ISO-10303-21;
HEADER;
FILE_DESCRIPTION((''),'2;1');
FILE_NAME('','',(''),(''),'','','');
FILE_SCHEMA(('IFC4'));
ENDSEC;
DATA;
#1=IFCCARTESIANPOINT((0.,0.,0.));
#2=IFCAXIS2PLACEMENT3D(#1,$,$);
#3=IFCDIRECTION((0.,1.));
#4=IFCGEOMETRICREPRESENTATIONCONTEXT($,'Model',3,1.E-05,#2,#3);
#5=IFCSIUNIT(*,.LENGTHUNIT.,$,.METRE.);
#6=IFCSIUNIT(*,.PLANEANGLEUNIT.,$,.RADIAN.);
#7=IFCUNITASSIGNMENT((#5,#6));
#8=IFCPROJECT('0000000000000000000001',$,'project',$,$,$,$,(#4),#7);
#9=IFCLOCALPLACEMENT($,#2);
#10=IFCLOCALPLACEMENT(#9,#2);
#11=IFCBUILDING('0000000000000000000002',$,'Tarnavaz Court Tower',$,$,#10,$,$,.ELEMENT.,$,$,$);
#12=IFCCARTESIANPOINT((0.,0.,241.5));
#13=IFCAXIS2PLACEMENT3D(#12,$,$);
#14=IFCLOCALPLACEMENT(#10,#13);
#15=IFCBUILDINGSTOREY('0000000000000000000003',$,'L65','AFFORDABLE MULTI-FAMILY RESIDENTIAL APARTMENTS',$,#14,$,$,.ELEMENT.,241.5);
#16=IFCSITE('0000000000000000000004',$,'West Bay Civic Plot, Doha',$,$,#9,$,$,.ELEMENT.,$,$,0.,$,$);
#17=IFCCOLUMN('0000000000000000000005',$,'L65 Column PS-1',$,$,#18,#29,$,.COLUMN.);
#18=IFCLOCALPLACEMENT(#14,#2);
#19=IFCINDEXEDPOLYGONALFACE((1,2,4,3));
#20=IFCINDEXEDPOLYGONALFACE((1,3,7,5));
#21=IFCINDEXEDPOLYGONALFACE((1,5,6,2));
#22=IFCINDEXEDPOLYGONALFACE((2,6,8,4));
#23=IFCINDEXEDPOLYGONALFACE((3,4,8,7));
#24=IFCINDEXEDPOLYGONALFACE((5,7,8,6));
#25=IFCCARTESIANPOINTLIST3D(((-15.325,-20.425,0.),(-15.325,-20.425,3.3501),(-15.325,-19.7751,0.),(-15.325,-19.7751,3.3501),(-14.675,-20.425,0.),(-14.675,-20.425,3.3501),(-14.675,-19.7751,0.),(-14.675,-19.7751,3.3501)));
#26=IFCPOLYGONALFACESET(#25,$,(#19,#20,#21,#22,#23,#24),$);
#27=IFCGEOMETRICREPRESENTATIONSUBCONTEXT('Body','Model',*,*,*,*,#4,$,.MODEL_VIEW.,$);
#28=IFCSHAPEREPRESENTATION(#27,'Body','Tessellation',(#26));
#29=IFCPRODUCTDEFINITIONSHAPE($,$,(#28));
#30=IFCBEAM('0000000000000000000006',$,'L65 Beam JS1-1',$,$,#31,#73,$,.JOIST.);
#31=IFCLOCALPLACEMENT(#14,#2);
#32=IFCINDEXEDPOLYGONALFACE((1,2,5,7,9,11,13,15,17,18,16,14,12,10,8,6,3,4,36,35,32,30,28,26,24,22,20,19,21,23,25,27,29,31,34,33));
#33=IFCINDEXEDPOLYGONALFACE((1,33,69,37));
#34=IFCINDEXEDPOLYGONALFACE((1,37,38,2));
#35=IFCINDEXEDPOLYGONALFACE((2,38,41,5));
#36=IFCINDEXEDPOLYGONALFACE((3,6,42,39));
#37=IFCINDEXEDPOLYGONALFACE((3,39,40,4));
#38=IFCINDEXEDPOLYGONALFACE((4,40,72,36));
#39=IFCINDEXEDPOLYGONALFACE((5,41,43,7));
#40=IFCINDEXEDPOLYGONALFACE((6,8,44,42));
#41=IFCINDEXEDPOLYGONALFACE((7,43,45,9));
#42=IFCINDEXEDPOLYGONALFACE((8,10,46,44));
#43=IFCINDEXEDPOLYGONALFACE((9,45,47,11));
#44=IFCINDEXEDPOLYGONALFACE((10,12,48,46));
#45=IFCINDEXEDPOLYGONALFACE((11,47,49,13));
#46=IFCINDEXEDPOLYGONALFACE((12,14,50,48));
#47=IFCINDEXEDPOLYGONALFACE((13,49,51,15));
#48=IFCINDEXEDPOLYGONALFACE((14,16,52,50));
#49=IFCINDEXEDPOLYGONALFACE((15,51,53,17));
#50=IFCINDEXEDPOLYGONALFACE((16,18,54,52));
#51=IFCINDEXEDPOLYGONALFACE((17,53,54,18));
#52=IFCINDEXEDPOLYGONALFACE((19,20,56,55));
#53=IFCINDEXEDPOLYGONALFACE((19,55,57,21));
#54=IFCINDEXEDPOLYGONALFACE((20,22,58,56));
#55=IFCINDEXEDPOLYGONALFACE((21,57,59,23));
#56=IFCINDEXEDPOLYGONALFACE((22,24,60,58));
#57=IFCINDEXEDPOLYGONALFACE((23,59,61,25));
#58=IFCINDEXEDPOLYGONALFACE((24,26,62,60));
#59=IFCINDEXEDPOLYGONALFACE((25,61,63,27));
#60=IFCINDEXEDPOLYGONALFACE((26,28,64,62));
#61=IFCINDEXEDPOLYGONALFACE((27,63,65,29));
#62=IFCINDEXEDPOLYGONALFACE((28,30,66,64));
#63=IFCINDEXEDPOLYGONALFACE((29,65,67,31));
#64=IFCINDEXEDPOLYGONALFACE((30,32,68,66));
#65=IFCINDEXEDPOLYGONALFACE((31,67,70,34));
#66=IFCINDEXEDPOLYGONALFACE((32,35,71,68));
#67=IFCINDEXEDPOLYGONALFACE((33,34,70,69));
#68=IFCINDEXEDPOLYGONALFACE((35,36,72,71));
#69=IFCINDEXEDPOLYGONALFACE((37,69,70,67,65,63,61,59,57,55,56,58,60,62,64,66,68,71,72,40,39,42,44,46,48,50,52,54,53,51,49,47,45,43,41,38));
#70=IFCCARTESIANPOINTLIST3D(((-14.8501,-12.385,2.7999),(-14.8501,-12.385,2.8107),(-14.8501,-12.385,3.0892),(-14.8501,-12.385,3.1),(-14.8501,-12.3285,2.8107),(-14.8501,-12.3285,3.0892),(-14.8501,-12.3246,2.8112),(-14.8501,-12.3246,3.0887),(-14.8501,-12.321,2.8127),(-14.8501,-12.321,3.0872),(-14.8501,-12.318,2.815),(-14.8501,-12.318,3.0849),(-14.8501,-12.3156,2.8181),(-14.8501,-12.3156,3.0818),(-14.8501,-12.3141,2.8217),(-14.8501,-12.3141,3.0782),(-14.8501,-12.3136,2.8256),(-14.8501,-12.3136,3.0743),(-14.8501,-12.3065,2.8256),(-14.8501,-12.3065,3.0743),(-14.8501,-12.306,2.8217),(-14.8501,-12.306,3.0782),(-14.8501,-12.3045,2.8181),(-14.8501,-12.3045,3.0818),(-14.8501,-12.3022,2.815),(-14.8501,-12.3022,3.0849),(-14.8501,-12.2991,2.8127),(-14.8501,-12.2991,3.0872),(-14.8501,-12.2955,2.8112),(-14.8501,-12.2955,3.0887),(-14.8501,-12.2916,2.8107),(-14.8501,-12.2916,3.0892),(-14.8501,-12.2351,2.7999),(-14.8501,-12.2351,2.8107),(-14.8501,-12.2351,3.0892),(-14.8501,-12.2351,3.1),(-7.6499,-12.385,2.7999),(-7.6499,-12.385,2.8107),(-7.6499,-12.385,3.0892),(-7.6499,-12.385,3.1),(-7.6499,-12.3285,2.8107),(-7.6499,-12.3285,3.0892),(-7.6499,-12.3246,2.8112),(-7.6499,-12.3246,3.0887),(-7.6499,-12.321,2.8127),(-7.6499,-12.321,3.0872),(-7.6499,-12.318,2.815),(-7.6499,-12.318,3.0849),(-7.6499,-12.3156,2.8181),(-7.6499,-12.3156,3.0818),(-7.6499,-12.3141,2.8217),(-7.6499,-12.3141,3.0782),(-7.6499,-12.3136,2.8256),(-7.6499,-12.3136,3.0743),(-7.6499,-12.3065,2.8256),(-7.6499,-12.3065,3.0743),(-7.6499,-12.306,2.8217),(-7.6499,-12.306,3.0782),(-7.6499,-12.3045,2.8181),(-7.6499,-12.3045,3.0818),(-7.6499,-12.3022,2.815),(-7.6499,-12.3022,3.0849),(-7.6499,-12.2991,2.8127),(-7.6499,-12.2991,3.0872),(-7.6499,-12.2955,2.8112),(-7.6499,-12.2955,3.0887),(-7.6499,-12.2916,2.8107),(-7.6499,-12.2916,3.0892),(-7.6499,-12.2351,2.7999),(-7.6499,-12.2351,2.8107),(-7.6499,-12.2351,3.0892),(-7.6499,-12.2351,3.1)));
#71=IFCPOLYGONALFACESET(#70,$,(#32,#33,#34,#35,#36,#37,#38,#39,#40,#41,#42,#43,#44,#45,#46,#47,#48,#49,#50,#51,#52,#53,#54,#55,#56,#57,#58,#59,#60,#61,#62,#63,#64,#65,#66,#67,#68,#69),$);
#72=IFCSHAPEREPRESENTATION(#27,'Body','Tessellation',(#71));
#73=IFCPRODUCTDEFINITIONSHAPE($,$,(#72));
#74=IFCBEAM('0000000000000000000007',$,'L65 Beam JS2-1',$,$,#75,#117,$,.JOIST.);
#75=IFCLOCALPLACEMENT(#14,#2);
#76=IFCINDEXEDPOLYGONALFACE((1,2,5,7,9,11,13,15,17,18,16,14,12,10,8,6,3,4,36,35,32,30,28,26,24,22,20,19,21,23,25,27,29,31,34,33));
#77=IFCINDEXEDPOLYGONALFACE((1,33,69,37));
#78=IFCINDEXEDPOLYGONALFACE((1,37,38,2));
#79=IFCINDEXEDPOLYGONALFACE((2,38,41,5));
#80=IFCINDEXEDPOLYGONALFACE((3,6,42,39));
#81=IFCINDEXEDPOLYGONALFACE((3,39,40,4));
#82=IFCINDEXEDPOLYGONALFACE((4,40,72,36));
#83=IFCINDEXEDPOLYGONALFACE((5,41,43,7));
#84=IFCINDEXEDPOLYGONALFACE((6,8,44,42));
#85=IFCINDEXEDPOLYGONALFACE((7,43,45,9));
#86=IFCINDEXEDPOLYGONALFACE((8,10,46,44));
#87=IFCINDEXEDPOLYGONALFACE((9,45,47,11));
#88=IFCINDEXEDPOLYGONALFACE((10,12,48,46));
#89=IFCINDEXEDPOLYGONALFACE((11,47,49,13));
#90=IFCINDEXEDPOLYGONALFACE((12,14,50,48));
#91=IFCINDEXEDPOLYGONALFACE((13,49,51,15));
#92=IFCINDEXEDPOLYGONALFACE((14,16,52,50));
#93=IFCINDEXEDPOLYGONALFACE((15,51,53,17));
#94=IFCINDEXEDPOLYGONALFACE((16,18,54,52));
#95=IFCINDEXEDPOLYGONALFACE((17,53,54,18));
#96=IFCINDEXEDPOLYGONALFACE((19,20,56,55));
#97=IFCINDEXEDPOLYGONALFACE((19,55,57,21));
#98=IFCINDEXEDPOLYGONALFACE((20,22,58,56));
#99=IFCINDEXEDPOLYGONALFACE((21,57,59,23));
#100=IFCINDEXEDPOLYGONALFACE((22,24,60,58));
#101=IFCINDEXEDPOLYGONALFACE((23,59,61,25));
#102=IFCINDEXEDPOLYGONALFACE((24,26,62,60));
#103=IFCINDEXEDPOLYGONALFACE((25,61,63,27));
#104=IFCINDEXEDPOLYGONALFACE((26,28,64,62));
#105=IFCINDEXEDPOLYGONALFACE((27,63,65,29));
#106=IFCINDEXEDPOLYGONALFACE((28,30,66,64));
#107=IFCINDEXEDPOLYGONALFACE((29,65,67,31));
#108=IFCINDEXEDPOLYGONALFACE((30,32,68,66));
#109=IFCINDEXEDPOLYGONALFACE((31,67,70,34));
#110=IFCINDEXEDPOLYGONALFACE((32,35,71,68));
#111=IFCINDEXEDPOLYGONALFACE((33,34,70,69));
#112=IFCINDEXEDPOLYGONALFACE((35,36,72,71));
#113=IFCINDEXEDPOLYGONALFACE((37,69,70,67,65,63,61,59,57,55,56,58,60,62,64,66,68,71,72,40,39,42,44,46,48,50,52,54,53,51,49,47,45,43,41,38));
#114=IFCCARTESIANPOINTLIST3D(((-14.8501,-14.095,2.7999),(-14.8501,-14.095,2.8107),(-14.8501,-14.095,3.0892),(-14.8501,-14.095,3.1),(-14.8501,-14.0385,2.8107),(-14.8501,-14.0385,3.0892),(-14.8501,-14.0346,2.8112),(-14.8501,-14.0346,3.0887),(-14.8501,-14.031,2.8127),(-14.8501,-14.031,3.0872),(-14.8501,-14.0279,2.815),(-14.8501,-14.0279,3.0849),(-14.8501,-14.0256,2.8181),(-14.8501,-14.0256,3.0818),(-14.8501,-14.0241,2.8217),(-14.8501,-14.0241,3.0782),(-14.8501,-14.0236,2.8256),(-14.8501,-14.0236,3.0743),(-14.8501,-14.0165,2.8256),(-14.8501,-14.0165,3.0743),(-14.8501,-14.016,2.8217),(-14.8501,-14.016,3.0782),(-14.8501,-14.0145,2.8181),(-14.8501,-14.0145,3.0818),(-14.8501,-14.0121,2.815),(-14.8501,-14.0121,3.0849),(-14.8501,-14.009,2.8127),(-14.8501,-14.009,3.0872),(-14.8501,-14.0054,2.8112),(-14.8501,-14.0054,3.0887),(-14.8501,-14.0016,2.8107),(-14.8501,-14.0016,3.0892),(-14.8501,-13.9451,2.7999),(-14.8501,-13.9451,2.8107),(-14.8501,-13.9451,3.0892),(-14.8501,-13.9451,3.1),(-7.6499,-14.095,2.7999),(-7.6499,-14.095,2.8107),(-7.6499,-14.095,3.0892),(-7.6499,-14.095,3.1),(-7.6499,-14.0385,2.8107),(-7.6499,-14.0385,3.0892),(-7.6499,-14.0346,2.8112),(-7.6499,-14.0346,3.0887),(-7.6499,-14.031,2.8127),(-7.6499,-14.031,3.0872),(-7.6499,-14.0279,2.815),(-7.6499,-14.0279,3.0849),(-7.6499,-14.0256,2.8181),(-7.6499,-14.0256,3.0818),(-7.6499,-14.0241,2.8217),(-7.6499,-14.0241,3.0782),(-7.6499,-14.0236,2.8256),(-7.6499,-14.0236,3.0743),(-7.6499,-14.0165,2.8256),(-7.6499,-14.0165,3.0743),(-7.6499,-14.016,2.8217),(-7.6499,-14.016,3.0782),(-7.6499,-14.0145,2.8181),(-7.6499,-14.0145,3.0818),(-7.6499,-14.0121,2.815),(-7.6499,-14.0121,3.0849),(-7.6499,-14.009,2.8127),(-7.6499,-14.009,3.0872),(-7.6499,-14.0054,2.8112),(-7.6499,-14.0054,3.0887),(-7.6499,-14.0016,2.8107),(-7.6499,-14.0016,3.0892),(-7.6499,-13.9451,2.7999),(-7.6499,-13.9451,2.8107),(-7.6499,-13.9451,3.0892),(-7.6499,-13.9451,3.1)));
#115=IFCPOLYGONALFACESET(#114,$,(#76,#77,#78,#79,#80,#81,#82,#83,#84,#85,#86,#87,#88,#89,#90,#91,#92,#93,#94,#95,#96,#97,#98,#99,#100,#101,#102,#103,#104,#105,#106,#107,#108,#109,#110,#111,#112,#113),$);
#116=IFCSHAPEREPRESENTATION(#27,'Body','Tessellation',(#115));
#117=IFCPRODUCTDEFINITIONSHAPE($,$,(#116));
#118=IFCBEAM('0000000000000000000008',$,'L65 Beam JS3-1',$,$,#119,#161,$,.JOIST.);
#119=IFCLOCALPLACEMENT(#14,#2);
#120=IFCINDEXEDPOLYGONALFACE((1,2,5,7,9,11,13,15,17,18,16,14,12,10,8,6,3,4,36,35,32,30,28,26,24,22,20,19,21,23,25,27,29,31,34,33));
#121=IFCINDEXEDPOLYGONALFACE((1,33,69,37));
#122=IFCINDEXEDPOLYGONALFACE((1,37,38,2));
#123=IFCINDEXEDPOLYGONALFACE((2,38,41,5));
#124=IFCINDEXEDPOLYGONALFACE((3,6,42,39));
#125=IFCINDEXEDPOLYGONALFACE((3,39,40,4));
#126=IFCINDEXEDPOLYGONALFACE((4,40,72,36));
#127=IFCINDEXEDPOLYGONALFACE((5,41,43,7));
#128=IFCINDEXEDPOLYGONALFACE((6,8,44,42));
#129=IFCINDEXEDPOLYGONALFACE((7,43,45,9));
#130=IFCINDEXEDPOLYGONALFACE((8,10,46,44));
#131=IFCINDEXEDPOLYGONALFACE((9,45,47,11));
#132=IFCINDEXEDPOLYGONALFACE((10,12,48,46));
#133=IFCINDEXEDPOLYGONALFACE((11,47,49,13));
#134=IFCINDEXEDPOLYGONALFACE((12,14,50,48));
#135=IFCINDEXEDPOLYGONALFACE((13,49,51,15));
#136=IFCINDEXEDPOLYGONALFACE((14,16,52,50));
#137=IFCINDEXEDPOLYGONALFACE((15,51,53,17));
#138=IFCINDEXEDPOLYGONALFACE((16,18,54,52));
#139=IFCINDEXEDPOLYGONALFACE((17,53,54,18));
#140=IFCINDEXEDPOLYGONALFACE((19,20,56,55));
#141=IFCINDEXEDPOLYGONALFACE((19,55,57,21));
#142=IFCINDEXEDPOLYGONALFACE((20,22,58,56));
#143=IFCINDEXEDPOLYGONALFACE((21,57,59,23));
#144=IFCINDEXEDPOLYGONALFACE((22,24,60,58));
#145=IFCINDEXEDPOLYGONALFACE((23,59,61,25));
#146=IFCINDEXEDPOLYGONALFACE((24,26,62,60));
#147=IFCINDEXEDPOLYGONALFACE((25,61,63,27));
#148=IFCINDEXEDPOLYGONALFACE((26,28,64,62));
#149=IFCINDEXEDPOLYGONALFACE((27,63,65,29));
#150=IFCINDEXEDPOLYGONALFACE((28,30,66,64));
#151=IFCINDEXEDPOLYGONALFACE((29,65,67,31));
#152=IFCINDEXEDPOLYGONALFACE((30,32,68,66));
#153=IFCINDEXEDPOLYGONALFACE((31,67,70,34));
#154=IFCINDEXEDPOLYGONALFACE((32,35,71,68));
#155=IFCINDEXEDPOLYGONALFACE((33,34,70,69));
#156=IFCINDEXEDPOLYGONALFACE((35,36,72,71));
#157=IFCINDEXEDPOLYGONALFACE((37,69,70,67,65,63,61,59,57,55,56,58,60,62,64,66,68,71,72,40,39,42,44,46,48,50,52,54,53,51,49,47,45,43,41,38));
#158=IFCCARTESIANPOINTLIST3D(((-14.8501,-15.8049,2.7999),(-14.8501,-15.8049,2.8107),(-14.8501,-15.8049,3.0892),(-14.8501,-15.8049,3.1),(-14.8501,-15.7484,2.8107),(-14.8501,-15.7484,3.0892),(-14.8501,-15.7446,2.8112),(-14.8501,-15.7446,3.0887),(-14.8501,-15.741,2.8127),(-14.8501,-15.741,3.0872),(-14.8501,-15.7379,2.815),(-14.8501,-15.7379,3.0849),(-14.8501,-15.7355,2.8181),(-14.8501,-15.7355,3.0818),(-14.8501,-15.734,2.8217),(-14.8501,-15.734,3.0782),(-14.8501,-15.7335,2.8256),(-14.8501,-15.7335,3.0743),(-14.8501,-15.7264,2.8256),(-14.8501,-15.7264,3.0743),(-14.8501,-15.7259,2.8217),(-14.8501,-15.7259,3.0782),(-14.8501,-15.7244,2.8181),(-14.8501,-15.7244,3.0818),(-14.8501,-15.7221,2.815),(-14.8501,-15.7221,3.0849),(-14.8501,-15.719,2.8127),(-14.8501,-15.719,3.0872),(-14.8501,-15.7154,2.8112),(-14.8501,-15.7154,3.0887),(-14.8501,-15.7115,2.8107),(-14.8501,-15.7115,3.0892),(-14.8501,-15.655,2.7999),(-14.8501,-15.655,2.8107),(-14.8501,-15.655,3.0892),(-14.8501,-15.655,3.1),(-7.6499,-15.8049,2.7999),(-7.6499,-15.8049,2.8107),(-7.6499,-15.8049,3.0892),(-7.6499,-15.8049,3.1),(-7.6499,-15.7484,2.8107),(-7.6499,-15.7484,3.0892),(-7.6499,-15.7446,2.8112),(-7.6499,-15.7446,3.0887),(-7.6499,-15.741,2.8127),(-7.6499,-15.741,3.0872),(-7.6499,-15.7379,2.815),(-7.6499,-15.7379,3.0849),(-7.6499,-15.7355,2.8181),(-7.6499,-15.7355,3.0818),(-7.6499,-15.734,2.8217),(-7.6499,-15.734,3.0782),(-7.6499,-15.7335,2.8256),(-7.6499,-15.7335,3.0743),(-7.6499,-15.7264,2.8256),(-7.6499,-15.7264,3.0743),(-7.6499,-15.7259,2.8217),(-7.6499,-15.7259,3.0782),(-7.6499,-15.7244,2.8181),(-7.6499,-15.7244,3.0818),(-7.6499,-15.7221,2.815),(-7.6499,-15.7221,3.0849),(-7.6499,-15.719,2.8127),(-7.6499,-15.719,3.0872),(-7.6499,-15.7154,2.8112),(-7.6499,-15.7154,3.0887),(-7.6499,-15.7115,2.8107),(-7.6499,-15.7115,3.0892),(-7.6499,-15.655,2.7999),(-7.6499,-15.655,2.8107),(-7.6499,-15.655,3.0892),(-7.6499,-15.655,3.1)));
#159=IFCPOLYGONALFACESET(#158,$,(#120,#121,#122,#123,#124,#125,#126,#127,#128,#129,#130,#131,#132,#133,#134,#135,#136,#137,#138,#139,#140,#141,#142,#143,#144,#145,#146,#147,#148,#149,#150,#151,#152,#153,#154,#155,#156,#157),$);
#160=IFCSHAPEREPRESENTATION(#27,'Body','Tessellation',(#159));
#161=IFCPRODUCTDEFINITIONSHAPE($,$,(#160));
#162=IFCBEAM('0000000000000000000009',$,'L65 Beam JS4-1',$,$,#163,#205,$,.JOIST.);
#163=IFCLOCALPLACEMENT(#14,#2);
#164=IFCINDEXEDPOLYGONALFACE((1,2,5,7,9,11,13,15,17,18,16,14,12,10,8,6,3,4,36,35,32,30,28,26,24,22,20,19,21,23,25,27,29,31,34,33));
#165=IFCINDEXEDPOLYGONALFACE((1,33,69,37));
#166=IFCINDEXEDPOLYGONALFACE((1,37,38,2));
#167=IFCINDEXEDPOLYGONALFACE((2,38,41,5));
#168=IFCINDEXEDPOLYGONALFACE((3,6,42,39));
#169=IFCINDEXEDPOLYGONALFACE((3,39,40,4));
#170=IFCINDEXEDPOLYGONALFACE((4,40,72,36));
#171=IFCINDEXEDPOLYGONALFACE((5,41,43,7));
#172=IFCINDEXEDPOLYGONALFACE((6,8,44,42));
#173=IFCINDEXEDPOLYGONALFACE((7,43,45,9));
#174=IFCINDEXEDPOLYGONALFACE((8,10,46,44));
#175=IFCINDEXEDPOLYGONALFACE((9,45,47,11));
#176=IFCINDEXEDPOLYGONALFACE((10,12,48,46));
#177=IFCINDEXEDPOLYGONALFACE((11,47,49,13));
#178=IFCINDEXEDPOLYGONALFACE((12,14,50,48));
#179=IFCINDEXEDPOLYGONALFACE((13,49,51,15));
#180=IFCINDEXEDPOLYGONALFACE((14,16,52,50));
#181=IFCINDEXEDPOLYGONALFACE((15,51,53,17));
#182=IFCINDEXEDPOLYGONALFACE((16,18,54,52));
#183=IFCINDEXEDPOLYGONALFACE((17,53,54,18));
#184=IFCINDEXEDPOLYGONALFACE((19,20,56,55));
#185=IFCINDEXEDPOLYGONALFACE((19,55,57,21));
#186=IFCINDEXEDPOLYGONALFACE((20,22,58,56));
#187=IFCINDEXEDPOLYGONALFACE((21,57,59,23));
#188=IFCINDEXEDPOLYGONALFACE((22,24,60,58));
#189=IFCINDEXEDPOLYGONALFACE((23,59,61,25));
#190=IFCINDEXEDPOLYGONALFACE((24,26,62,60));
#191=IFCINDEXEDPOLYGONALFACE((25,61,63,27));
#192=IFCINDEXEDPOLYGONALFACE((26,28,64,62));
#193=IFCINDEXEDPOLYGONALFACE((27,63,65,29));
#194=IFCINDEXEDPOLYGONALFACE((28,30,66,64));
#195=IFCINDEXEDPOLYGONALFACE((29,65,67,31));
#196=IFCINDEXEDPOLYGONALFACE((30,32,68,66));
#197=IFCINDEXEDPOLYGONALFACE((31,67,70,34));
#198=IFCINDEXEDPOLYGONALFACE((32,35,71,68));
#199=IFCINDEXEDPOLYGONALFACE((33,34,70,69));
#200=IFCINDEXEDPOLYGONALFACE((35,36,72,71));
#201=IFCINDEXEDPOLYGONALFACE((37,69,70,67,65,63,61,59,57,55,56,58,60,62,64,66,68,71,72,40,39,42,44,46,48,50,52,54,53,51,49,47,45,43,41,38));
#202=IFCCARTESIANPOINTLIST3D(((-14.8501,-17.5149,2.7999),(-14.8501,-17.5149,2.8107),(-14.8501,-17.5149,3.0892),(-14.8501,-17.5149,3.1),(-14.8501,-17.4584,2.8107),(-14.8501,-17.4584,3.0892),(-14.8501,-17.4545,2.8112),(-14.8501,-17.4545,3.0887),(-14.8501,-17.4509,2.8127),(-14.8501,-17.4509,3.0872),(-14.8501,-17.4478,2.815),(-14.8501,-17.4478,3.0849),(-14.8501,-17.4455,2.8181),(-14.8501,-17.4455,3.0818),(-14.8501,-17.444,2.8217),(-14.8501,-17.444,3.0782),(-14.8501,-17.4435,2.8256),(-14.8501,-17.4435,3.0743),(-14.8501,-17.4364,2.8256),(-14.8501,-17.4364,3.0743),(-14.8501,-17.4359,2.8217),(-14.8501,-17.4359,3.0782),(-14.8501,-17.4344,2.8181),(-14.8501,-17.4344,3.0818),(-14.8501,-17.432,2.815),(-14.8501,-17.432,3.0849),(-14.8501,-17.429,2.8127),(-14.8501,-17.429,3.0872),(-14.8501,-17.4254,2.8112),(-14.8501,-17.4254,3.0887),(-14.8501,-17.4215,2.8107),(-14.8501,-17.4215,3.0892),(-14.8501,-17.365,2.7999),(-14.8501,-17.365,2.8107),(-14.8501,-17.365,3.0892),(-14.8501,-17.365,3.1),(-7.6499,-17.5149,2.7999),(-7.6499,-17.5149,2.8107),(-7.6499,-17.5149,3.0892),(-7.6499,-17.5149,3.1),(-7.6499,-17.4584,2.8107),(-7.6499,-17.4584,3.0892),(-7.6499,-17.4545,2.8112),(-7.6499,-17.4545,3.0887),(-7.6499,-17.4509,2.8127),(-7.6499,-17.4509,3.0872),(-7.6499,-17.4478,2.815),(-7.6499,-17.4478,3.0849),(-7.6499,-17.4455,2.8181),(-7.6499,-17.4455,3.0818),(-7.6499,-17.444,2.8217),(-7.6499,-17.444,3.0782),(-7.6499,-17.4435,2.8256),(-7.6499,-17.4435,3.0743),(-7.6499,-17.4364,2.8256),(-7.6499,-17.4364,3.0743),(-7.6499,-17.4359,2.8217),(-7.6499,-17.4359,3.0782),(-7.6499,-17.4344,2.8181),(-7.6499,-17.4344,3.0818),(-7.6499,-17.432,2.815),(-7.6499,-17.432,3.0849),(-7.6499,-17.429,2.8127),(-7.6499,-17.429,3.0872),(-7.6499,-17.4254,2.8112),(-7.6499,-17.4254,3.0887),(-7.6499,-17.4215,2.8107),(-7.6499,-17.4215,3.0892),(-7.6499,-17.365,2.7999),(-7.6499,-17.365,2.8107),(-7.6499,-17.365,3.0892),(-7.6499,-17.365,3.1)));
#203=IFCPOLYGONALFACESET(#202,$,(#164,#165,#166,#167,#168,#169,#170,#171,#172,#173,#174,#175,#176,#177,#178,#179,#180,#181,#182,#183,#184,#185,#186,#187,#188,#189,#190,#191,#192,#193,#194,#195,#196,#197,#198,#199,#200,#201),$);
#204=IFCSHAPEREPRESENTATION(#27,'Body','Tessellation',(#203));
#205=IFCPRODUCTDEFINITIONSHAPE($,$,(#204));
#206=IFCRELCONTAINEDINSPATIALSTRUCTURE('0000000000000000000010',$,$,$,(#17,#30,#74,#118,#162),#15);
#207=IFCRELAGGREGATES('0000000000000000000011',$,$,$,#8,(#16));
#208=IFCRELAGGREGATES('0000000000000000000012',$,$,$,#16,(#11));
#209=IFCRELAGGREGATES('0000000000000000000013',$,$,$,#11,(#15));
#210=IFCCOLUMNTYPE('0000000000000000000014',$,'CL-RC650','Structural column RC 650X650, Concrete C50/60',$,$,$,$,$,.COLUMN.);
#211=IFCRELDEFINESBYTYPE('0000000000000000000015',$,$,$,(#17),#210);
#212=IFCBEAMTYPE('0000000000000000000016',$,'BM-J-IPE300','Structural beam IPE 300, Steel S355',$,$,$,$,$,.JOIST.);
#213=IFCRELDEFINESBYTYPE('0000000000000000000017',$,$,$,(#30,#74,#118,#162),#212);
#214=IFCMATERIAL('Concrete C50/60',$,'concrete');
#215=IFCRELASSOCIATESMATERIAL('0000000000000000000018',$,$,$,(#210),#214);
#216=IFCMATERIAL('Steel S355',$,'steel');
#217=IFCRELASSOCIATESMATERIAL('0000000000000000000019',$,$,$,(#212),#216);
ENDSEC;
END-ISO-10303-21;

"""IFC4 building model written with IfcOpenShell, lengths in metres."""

from ifc_helpers import new_model, si_unit, direction, frame, origin, origin_2d, place, context, subcontext, project, spatial, rectangle, i_section, extrude, material, material_profile, profile_set, type_object, element, save


model = new_model("IFC4")

# Units and contexts
model_context = context("Model", 3, precision=1e-05, world=origin(), true_north=direction((0.0, 1.0)))
body_context = subcontext(model_context, "Body", "Model", "MODEL_VIEW")
ifc_project = project(units=[si_unit("LENGTHUNIT", "METRE"), si_unit("PLANEANGLEUNIT", "RADIAN")], contexts=[model_context])

# Site, building, storey
site_placement = place(None, origin())
site = spatial("IfcSite", under=ifc_project, at=site_placement, Name="West Bay Civic Plot, Doha", CompositionType="ELEMENT", RefElevation=0.0)
building_placement = place(site_placement, origin())
building = spatial("IfcBuilding", under=site, at=building_placement, Name="Tarnavaz Court Tower", CompositionType="ELEMENT")
storey_placement = place(building_placement, frame((0.0, 0.0, 241.5)))
storey = spatial("IfcBuildingStorey", under=building, at=storey_placement, Name="L65", Description="AFFORDABLE MULTI-FAMILY RESIDENTIAL APARTMENTS", CompositionType="ELEMENT", Elevation=241.5)

# Column
ifc_material_1 = material(Name="Concrete C50/60", Category="concrete")
ifc_material_profile_1 = material_profile(ifc_material_1, rectangle(XDim=0.6499, YDim=0.6499, at=origin_2d()), Name="RC 650X650")
ifc_profile_set_1 = profile_set([ifc_material_profile_1], Name="Concrete C50/60")
column_type = type_object("IfcColumnType", Name="CL-RC650", Description="Structural column RC 650X650, Concrete C50/60", PredefinedType="COLUMN", material=ifc_profile_set_1)
column_placement = place(storey_placement, frame((-15.0, -20.1001, 0.0), z_axis=(0.0, 0.0, 1.0), x_axis=(1.0, 0.0, 0.0)))
element("IfcColumn", 1, at=column_placement, inside=storey, type_object=column_type, Name="L65 Column PS-1", PredefinedType="COLUMN", context=body_context, shape_type="SweptSolid", body=[
    extrude(rectangle(XDim=0.6499, YDim=0.6499, at=origin_2d()), origin(), (0.0, 0.0, 1.0), 3.3501),
])

# Beams
ifc_material_2 = material(Name="Steel S355", Category="steel")
ifc_material_profile_2 = material_profile(ifc_material_2, i_section(OverallWidth=0.1499, OverallDepth=0.3, WebThickness=0.0071, FlangeThickness=0.0107, FilletRadius=0.0149, at=origin_2d()), Name="IPE 300")
ifc_profile_set_2 = profile_set([ifc_material_profile_2], Name="Steel S355")
beam_type_1 = type_object("IfcBeamType", Name="BM-J-IPE300", Description="Structural beam IPE 300, Steel S355", PredefinedType="JOIST", material=ifc_profile_set_2)
for number, where, z_axis, x_axis, name in (
    (2, (-14.8501, -12.3101, 2.95), (1.0, 0.0, 0.0), (0.0, 1.0, 0.0), "L65 Beam JS1-1"),
    (3, (-14.8501, -14.02, 2.95), (1.0, 0.0, 0.0), (0.0, 1.0, 0.0), "L65 Beam JS2-1"),
    (4, (-14.8501, -15.73, 2.95), (1.0, 0.0, 0.0), (0.0, 1.0, 0.0), "L65 Beam JS3-1"),
    (5, (-14.8501, -17.4399, 2.95), (1.0, 0.0, 0.0), (0.0, 1.0, 0.0), "L65 Beam JS4-1"),
):
    element("IfcBeam", number, at=place(storey_placement, frame(where, z_axis=z_axis, x_axis=x_axis)), inside=storey, type_object=beam_type_1, Name=name, PredefinedType="JOIST", context=body_context, shape_type="SweptSolid", body=[
        extrude(i_section(OverallWidth=0.1499, OverallDepth=0.3, WebThickness=0.0071, FlangeThickness=0.0107, FilletRadius=0.0149, at=origin_2d()), origin(), (0.0, 0.0, 1.0), 7.2002),
    ])

save(model, "model.ifc")
